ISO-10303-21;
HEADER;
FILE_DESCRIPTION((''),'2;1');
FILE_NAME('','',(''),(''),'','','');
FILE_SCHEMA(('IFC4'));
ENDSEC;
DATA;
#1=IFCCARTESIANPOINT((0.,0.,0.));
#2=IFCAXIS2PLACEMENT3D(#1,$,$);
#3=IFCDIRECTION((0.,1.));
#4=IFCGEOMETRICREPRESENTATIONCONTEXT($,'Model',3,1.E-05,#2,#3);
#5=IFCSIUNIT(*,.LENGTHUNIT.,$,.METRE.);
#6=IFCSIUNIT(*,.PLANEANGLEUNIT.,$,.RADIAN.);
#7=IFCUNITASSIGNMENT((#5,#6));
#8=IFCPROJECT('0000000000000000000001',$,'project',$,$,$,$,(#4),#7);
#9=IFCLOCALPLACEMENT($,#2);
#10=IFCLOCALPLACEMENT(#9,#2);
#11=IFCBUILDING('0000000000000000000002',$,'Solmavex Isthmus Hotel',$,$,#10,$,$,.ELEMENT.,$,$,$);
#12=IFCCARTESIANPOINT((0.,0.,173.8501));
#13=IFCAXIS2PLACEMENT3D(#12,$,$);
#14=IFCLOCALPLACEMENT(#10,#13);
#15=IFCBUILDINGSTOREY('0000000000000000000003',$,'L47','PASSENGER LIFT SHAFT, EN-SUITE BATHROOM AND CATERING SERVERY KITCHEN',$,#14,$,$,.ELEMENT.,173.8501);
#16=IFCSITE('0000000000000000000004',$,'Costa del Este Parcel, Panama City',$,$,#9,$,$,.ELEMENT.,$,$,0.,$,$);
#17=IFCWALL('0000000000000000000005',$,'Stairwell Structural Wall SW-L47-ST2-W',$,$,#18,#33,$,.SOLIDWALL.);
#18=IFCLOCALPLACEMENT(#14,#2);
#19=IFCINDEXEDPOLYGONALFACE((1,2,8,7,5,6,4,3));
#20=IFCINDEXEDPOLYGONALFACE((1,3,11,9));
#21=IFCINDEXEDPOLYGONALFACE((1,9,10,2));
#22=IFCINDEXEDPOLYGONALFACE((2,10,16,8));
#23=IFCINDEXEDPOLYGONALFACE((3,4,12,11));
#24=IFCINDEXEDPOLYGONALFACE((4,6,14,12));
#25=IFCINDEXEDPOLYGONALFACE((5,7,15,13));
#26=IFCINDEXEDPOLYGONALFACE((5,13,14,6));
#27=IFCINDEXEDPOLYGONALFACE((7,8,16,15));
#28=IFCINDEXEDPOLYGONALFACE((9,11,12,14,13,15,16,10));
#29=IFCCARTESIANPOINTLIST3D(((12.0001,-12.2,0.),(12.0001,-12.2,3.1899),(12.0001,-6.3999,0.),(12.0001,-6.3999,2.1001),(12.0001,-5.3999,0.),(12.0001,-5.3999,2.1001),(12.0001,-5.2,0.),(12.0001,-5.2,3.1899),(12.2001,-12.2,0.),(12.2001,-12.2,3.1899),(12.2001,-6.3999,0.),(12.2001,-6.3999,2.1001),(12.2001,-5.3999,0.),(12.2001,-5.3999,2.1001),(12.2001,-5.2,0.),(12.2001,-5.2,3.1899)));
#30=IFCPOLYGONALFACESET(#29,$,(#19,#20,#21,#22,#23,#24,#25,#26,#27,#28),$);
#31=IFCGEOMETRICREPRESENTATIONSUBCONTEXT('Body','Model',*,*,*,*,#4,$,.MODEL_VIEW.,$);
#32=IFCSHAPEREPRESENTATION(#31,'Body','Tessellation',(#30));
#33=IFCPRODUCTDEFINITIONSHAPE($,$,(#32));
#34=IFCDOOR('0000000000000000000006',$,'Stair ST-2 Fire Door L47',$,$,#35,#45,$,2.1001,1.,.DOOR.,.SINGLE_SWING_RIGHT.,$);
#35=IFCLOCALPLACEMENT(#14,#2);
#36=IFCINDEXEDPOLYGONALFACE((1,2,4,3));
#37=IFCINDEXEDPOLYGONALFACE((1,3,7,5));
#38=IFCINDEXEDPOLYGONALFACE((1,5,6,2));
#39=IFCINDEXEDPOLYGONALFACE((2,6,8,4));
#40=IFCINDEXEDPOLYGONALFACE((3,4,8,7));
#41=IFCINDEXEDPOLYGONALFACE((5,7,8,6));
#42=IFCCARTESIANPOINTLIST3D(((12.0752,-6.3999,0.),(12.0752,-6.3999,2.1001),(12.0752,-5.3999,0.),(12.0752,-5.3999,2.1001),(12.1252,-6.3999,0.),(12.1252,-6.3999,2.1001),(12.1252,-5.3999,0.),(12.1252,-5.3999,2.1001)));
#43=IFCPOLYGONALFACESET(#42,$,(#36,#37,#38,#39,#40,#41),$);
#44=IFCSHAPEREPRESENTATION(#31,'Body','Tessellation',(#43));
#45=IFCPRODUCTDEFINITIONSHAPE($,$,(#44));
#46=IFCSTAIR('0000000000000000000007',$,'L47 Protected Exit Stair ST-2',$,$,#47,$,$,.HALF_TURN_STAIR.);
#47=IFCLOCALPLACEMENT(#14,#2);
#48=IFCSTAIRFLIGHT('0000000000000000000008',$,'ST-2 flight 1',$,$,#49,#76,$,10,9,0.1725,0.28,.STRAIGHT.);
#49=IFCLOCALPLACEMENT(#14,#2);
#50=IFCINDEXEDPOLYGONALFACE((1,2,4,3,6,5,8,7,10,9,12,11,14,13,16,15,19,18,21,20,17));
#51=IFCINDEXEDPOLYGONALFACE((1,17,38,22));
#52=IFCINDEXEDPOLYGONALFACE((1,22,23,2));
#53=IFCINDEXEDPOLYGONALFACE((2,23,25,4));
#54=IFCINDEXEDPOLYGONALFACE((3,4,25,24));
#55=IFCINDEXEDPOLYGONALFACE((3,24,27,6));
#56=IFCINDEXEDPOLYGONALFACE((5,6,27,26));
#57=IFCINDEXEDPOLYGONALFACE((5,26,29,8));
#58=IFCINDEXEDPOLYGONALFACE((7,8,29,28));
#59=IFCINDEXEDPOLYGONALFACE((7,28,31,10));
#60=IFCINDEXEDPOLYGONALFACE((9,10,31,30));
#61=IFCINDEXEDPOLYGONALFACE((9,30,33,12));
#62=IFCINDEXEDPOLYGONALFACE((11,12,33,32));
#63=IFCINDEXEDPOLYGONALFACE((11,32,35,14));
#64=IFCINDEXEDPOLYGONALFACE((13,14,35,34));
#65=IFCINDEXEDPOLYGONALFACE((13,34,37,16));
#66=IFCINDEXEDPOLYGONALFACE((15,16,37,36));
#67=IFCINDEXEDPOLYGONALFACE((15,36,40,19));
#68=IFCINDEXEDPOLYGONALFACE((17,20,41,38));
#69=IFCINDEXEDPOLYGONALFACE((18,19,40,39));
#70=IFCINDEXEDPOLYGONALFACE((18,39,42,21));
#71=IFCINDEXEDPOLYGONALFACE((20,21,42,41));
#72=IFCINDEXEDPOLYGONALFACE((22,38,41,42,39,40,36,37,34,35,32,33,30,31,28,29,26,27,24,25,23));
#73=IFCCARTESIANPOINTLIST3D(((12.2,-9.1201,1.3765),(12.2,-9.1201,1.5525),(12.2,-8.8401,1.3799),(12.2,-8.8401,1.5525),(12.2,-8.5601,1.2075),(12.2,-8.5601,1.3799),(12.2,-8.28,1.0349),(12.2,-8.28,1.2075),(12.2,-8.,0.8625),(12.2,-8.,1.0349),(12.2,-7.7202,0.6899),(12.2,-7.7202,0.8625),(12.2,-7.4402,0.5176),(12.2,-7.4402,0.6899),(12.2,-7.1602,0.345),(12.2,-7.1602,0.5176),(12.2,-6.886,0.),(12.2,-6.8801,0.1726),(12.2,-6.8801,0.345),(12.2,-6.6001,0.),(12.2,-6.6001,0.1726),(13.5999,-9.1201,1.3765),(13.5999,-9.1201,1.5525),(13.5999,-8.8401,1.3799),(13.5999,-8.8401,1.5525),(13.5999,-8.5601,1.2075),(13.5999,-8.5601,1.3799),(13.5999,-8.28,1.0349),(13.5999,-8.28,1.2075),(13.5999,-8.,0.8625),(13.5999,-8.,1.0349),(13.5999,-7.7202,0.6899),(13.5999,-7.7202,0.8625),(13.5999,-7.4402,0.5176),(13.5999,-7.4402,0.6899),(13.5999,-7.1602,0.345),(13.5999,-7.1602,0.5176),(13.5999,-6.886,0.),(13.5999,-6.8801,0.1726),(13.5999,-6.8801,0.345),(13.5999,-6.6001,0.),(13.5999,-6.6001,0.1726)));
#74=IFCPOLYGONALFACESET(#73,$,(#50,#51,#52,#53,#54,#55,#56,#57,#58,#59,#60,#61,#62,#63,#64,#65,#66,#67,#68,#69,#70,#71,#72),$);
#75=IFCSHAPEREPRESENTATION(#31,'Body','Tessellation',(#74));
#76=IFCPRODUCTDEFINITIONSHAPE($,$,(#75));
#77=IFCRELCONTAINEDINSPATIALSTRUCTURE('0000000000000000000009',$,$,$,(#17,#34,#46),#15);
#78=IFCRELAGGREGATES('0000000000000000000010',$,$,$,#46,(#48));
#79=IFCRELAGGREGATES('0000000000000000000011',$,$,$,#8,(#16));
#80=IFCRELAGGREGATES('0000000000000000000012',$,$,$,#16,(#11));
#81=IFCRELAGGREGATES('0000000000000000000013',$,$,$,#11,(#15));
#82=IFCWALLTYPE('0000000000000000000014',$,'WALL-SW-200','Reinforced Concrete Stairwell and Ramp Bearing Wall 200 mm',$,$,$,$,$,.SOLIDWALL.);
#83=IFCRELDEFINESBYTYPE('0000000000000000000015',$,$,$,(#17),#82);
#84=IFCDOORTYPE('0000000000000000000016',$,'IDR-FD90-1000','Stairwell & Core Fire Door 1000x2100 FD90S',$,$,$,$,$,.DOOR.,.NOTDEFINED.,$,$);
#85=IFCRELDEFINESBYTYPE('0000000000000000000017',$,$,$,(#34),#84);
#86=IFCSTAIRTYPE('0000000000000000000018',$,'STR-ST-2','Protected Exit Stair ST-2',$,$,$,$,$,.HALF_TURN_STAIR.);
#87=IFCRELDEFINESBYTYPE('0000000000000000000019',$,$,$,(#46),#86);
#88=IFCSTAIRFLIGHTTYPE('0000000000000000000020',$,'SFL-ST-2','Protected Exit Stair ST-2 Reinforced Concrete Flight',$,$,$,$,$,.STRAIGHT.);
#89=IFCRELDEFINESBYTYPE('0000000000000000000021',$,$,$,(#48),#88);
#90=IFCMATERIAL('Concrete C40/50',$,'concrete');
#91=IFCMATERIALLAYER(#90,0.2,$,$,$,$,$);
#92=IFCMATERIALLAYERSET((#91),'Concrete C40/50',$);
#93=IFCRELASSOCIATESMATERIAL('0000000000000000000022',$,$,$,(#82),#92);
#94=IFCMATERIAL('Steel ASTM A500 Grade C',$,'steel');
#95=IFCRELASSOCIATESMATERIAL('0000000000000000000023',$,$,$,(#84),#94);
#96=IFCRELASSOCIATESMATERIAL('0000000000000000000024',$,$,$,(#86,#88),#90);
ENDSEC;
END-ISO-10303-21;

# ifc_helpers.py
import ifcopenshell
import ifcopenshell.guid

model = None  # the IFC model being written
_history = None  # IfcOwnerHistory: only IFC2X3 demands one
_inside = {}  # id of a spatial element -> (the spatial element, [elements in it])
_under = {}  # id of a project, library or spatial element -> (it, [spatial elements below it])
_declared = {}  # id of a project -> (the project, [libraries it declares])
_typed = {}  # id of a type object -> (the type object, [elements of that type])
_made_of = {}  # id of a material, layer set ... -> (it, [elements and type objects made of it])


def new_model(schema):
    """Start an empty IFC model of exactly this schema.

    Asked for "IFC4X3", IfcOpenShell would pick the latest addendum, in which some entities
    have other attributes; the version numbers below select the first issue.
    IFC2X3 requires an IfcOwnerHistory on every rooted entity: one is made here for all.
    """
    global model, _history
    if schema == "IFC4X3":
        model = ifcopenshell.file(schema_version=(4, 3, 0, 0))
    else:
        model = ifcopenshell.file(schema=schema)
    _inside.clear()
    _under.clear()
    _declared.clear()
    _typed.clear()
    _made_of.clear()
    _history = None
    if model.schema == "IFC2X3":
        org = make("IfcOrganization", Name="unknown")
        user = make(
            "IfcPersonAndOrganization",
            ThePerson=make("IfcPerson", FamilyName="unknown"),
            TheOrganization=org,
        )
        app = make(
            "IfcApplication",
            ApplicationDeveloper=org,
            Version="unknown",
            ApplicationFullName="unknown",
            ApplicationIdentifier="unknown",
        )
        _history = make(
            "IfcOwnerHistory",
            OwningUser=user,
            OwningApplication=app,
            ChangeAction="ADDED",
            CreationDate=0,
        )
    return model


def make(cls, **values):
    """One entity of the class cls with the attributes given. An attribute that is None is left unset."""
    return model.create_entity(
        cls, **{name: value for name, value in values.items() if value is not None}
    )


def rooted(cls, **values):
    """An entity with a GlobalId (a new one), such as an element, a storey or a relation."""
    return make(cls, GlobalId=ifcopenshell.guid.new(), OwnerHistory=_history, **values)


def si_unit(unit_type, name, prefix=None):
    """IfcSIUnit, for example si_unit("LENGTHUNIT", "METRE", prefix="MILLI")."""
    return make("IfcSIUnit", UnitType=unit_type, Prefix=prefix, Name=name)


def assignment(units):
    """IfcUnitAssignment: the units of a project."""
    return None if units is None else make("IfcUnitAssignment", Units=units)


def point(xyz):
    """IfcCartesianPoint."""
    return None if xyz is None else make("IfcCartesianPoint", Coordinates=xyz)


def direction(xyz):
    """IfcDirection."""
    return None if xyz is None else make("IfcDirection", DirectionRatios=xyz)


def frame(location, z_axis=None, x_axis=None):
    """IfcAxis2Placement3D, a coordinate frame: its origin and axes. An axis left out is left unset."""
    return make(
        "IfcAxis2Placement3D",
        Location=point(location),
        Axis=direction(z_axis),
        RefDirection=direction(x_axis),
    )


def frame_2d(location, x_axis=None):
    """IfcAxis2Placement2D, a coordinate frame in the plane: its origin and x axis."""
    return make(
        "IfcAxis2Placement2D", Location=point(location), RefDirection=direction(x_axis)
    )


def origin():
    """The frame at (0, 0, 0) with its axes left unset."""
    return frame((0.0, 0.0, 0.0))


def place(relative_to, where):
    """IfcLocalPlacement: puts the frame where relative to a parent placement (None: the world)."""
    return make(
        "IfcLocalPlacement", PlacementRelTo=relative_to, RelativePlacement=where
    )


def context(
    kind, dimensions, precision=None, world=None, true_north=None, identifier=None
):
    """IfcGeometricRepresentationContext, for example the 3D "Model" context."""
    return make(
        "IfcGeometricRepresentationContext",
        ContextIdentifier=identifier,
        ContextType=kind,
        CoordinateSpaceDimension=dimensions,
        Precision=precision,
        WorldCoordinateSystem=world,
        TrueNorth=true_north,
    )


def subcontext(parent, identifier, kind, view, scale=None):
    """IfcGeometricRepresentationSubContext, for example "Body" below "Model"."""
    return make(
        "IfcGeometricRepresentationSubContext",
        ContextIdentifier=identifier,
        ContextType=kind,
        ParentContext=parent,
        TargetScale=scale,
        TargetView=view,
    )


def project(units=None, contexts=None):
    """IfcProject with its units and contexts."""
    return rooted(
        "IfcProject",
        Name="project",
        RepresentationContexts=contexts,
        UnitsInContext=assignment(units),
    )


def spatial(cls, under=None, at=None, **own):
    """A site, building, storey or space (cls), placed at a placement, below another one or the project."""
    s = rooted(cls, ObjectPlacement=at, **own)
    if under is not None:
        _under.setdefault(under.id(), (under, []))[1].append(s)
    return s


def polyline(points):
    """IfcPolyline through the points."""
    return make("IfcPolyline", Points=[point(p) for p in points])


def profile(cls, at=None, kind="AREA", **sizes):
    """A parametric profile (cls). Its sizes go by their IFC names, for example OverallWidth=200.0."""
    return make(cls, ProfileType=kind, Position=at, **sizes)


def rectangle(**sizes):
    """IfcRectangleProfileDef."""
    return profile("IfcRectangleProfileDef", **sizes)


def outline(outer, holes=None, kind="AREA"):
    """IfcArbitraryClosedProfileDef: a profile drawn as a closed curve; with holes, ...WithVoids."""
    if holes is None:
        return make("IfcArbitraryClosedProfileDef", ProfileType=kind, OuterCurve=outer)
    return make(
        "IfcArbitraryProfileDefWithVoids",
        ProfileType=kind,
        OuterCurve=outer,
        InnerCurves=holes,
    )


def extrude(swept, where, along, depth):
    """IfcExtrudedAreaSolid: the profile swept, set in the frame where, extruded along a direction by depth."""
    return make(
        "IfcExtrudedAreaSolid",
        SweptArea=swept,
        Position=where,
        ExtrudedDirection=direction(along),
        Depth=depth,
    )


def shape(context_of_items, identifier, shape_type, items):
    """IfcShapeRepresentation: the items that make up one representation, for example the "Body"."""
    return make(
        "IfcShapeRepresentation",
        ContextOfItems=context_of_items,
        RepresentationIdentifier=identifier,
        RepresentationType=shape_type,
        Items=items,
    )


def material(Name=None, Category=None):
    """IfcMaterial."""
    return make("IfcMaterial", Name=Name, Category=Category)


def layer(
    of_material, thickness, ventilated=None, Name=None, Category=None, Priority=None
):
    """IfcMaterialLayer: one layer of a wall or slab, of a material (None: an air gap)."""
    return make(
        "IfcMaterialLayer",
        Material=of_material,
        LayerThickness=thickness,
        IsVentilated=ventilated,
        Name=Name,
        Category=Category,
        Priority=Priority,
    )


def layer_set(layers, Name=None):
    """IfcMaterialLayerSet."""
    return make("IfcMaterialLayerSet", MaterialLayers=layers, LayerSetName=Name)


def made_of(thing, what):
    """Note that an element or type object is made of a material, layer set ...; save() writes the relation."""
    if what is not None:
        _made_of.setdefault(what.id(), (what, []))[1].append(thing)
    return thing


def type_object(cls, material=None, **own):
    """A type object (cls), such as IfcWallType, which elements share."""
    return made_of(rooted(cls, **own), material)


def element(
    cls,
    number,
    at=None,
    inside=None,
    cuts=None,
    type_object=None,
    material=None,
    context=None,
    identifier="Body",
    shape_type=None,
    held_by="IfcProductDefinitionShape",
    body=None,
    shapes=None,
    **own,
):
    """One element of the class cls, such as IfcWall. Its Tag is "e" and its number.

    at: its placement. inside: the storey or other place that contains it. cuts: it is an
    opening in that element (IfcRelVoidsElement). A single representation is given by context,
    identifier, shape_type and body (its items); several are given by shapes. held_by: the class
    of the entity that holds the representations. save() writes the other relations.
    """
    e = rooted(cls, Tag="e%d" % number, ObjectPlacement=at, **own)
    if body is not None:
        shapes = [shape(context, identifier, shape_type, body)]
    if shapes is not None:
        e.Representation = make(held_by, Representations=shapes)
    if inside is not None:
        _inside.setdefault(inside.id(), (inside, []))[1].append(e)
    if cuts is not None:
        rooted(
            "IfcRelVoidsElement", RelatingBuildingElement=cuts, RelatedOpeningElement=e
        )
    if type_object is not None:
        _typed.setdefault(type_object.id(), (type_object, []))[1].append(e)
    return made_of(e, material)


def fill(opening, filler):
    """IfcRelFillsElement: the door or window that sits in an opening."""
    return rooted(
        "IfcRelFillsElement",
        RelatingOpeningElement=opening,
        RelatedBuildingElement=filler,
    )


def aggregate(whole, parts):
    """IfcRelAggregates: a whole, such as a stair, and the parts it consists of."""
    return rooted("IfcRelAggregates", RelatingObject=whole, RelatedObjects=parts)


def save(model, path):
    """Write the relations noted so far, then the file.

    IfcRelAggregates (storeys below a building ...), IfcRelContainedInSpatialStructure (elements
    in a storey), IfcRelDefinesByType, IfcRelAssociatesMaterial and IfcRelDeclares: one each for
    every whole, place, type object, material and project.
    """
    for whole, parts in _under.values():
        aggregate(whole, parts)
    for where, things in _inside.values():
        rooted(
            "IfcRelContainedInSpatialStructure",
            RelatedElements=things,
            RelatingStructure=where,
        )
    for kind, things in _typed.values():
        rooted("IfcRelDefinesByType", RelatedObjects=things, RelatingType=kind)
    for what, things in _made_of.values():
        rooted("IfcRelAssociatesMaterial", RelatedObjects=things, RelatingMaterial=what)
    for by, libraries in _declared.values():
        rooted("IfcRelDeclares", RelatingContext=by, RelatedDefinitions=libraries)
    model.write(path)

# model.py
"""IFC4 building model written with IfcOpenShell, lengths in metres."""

from ifc_helpers import new_model, si_unit, direction, frame, frame_2d, origin, place, context, subcontext, project, spatial, polyline, rectangle, outline, extrude, material, layer, layer_set, type_object, element, fill, aggregate, save


model = new_model("IFC4")

# Units and contexts
model_context = context("Model", 3, precision=1e-05, world=origin(), true_north=direction((0.0, 1.0)))
body_context = subcontext(model_context, "Body", "Model", "MODEL_VIEW")
ifc_project = project(units=[si_unit("LENGTHUNIT", "METRE"), si_unit("PLANEANGLEUNIT", "RADIAN")], contexts=[model_context])

# Site, building, storey
site_placement = place(None, origin())
site = spatial("IfcSite", under=ifc_project, at=site_placement, Name="Costa del Este Parcel, Panama City", CompositionType="ELEMENT", RefElevation=0.0)
building_placement = place(site_placement, origin())
building = spatial("IfcBuilding", under=site, at=building_placement, Name="Solmavex Isthmus Hotel", CompositionType="ELEMENT")
storey_placement = place(building_placement, frame((0.0, 0.0, 173.8501)))
storey = spatial("IfcBuildingStorey", under=building, at=storey_placement, Name="L47", Description="PASSENGER LIFT SHAFT, EN-SUITE BATHROOM AND CATERING SERVERY KITCHEN", CompositionType="ELEMENT", Elevation=173.8501)

# Shared definitions
ifc_material_1 = material(Name="Steel ASTM A500 Grade C", Category="steel")

# Shared definitions
ifc_material_2 = material(Name="Concrete C40/50", Category="concrete")

# Shared definitions
ifc_layer_1 = layer(ifc_material_2, 0.2)
ifc_layer_set_1 = layer_set([ifc_layer_1], Name="Concrete C40/50")
wall_type_1 = type_object("IfcWallType", Name="WALL-SW-200", Description="Reinforced Concrete Stairwell and Ramp Bearing Wall 200 mm", PredefinedType="SOLIDWALL", material=ifc_layer_set_1)

# Wall, opening, door
wall_1_placement = place(storey_placement, frame((12.1001, -12.2, 0.0), z_axis=(0.0, 0.0, 1.0), x_axis=(0.0, 1.0, 0.0)))
wall_1 = element("IfcWall", 1, at=wall_1_placement, inside=storey, type_object=wall_type_1, Name="Stairwell Structural Wall SW-L47-ST2-W", PredefinedType="SOLIDWALL", context=body_context, shape_type="SweptSolid", body=[
    extrude(rectangle(XDim=7.0, YDim=0.2, at=frame_2d((3.5, 0.0))), origin(), (0.0, 0.0, 1.0), 3.1899),
])
opening_1_placement = place(wall_1_placement, frame((5.8, 0.0, 0.0)))
opening_1 = element("IfcOpeningElement", 2, at=opening_1_placement, cuts=wall_1, PredefinedType="OPENING", context=body_context, shape_type="SweptSolid", body=[
    extrude(rectangle(XDim=1.0, YDim=2.1001, at=frame_2d((0.5, 1.05))), frame((0.0, 0.1099, 0.0), z_axis=(0.0, -1.0, 0.0), x_axis=(1.0, 0.0, 0.0)), (0.0, 0.0, 1.0), 0.22),
])
door_type_1 = type_object("IfcDoorType", Name="IDR-FD90-1000", Description="Stairwell & Core Fire Door 1000x2100 FD90S", OperationType="NOTDEFINED", PredefinedType="DOOR", material=ifc_material_1)
door_1_placement = place(opening_1_placement, origin())
door_1 = element("IfcDoor", 3, at=door_1_placement, inside=storey, type_object=door_type_1, Name="Stair ST-2 Fire Door L47", OperationType="SINGLE_SWING_RIGHT", OverallHeight=2.1001, OverallWidth=1.0, PredefinedType="DOOR", context=body_context, shape_type="SweptSolid", body=[
    extrude(rectangle(XDim=1.0, YDim=2.1001, at=frame_2d((0.5, 1.05))), frame((0.0, 0.0249, 0.0), z_axis=(0.0, -1.0, 0.0), x_axis=(1.0, 0.0, 0.0)), (0.0, 0.0, 1.0), 0.05),
])
fill(opening_1, door_1)

# Stair, stair flight
stair_type = type_object("IfcStairType", Name="STR-ST-2", Description="Protected Exit Stair ST-2", PredefinedType="HALF_TURN_STAIR", material=ifc_material_2)
stair_placement = place(storey_placement, origin())
stair = element("IfcStair", 4, at=stair_placement, inside=storey, type_object=stair_type, Name="L47 Protected Exit Stair ST-2", PredefinedType="HALF_TURN_STAIR")
stair_flight_type = type_object("IfcStairFlightType", Name="SFL-ST-2", Description="Protected Exit Stair ST-2 Reinforced Concrete Flight", PredefinedType="STRAIGHT", material=ifc_material_2)
stair_flight_placement = place(storey_placement, frame((12.8999, -6.6001, 0.0), z_axis=(0.0, 0.0, 1.0), x_axis=(0.0, -1.0, 0.0)))
stair_flight = element("IfcStairFlight", 5, at=stair_flight_placement, type_object=stair_flight_type, Name="ST-2 flight 1", NumberOfRisers=10, NumberOfTreads=9, PredefinedType="STRAIGHT", RiserHeight=0.1725, TreadLength=0.28, context=body_context, shape_type="SweptSolid", body=[
    extrude(outline(polyline([(0.0, 0.0), (0.0, 0.1726), (0.28, 0.1726), (0.28, 0.345), (0.5601, 0.345), (0.5601, 0.5176), (0.8401, 0.5176), (0.8401, 0.6899), (1.1201, 0.6899), (1.1201, 0.8625), (1.3999, 0.8625), (1.3999, 1.0349), (1.6799, 1.0349), (1.6799, 1.2075), (1.96, 1.2075), (1.96, 1.3799), (2.24, 1.3799), (2.24, 1.5525), (2.52, 1.5525), (2.52, 1.7251), (2.52, 1.3765), (0.2859, 0.0), (0.0, 0.0)])), frame((0.0, 0.7, 0.0), z_axis=(0.0, -1.0, 0.0), x_axis=(1.0, 0.0, 0.0)), (0.0, 0.0, 1.0), 1.3999),
])
aggregate(stair, [stair_flight])

save(model, "model.ifc")
